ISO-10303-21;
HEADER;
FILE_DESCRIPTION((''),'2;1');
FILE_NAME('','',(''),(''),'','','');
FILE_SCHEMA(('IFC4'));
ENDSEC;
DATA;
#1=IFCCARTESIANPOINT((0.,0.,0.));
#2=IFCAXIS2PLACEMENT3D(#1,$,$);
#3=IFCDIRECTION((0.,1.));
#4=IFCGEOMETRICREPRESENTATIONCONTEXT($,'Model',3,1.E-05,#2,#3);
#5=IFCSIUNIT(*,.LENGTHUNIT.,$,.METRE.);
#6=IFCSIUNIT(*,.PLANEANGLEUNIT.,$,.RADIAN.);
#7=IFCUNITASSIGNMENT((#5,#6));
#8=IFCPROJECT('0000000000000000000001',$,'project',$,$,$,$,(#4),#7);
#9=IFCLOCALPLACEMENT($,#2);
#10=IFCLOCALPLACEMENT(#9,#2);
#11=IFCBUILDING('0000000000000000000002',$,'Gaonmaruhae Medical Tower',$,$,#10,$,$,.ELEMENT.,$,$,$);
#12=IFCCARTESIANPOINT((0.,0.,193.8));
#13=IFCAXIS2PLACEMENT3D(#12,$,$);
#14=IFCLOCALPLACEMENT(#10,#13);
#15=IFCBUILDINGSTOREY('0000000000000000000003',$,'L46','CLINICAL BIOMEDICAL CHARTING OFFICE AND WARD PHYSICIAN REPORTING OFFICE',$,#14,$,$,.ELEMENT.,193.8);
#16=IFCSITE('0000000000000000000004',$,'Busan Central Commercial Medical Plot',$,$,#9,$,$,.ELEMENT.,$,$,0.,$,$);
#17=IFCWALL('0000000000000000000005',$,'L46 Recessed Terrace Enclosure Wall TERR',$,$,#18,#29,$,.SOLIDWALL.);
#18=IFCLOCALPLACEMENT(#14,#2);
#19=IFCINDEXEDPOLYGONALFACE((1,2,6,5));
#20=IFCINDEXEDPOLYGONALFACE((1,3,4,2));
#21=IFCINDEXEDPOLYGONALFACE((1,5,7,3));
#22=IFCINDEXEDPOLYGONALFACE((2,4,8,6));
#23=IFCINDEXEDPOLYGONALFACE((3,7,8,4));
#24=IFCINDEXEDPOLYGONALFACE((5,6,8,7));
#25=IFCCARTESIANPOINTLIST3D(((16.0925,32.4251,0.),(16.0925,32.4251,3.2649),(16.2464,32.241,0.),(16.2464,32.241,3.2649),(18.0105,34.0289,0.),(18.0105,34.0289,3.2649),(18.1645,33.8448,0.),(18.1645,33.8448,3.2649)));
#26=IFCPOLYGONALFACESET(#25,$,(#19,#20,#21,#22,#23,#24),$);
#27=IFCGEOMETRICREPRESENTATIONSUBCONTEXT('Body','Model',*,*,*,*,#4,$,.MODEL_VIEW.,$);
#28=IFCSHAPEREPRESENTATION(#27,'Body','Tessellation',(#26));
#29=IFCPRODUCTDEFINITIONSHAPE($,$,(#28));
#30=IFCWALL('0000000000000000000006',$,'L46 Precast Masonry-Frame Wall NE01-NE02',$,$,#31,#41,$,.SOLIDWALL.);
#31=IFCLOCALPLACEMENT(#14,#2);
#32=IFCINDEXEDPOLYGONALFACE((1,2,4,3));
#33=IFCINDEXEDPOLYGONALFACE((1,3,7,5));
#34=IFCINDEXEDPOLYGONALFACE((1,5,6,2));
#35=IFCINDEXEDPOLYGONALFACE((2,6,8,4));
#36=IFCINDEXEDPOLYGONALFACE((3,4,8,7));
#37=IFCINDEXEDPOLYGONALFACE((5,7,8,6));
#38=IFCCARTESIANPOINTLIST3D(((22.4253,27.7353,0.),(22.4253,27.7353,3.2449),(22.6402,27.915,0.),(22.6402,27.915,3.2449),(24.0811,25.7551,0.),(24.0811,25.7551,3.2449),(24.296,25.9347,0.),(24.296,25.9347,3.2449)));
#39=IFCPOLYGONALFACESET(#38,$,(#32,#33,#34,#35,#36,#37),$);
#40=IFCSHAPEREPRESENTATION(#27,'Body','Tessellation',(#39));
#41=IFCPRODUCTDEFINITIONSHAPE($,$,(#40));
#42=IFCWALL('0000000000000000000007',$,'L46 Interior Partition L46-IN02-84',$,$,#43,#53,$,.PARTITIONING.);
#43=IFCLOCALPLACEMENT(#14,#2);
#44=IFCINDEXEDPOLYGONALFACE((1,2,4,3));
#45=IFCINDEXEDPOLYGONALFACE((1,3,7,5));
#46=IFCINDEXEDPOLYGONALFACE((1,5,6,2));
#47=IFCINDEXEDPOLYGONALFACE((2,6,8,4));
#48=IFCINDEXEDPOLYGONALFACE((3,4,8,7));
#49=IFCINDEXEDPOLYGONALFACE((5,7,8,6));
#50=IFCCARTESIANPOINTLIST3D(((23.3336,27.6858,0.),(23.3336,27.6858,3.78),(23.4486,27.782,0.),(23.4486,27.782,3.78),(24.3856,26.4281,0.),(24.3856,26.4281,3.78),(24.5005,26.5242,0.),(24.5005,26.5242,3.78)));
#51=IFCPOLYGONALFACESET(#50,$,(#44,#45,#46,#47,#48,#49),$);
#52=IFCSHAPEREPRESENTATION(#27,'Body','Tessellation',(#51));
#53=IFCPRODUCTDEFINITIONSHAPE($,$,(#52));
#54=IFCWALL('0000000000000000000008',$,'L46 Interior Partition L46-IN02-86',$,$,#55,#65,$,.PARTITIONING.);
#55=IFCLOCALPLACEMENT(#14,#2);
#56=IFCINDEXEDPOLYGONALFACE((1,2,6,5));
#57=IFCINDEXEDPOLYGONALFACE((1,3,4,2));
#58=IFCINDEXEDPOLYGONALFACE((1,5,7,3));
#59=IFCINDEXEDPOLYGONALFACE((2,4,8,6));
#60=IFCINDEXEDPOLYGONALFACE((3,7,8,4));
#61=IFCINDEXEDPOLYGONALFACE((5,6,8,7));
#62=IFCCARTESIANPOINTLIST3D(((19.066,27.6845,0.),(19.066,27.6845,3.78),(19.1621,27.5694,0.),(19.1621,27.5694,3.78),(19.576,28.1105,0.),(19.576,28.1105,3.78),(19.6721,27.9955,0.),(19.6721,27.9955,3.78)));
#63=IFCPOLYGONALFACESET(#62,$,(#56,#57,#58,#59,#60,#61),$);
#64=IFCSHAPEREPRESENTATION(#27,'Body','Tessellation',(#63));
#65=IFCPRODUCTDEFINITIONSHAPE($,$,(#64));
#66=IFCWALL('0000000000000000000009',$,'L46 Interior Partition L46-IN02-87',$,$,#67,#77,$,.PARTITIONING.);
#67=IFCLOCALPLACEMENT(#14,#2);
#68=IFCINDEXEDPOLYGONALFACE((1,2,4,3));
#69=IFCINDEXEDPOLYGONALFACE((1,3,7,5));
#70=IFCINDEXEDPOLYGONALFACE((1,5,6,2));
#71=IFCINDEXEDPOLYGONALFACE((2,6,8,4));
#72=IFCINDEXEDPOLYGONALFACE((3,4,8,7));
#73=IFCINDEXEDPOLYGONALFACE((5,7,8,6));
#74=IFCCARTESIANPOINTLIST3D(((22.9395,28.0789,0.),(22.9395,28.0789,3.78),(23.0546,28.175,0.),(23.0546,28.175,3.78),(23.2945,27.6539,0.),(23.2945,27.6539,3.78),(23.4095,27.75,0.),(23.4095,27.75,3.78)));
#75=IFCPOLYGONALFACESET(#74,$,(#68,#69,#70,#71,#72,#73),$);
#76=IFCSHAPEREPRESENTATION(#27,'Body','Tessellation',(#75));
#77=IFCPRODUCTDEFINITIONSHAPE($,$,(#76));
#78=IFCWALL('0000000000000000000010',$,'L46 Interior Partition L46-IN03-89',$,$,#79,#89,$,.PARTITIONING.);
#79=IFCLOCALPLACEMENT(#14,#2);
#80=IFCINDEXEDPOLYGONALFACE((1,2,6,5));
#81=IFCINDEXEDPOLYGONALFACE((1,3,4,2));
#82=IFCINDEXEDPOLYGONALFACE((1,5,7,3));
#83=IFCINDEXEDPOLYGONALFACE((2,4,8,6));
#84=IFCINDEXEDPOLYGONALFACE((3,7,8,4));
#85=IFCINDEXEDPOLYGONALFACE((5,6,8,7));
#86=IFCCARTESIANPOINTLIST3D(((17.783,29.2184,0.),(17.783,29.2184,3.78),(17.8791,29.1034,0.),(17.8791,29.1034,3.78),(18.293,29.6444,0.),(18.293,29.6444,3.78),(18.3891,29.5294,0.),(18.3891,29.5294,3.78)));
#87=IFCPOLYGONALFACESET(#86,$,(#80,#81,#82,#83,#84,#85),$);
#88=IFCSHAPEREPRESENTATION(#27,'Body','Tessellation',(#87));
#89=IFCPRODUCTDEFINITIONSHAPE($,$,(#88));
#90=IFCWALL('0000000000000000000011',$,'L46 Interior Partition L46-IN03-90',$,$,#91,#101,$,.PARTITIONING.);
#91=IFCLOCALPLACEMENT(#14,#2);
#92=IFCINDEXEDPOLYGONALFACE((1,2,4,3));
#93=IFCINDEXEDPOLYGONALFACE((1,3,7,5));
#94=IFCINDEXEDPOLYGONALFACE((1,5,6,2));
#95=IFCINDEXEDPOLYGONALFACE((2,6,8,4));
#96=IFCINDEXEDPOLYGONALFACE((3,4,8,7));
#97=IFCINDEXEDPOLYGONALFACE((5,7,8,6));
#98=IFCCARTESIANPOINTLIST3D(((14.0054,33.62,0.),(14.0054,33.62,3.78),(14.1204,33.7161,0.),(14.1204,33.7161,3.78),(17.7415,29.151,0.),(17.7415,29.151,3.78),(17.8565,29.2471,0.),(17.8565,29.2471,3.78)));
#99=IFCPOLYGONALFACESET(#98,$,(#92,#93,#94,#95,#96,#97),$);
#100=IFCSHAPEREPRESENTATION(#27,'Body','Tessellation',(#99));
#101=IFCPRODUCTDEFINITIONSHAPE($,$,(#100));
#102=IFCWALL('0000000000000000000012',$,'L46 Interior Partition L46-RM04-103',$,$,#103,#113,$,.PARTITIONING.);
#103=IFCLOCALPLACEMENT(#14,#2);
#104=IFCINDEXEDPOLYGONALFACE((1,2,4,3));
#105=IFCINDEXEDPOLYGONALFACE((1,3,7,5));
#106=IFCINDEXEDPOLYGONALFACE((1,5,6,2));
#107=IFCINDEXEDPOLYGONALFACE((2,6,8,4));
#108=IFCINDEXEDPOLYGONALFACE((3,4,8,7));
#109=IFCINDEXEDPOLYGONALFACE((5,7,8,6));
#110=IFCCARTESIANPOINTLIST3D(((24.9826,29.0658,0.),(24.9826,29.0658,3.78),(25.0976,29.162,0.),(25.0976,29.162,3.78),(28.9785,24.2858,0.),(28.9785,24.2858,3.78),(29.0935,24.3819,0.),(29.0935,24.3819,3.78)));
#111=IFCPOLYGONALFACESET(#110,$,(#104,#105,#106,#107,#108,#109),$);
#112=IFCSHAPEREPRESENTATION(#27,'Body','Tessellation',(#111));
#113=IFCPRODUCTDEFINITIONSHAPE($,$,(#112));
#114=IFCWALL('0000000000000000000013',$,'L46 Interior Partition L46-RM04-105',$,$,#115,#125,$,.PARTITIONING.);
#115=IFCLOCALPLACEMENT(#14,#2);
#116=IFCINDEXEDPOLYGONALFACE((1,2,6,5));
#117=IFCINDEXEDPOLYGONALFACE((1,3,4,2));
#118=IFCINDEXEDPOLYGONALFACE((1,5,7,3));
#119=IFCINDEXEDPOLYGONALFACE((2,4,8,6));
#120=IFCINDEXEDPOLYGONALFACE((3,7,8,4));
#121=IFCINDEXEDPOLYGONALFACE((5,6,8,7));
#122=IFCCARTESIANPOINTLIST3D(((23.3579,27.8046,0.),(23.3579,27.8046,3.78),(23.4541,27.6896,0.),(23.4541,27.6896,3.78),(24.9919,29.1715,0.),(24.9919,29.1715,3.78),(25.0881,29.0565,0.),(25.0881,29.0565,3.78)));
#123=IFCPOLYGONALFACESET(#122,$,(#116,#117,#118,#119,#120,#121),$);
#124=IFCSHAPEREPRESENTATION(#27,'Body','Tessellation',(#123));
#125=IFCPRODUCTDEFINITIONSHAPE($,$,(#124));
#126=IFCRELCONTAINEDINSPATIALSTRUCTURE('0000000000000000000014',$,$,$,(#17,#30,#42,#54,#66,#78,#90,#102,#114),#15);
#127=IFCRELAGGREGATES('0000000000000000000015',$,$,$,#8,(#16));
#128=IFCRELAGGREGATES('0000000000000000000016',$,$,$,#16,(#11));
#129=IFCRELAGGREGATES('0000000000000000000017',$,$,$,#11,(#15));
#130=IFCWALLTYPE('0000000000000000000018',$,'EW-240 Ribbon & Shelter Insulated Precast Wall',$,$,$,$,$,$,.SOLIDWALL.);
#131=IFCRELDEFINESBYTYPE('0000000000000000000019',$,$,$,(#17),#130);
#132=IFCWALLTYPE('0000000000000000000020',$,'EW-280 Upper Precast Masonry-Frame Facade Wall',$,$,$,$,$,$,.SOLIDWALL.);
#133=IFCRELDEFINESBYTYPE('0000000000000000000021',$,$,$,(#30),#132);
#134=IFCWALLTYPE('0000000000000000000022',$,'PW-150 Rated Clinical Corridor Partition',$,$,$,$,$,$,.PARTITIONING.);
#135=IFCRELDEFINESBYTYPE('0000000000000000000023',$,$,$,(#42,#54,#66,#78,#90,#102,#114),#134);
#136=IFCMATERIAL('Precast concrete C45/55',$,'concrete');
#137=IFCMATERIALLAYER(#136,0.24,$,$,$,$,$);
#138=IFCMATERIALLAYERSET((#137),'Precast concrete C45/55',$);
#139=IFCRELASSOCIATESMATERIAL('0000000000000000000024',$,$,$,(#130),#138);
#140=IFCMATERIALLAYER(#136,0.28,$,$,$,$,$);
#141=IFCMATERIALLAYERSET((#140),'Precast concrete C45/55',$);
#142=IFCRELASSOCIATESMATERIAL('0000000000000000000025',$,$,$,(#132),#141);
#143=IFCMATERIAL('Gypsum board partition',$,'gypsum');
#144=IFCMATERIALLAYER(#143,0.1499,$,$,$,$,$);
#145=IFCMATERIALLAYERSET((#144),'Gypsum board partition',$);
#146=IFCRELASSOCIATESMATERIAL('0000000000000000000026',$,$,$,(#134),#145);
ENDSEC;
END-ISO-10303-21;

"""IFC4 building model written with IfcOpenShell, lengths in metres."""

from ifc_helpers import new_model, si_unit, direction, frame, frame_2d, origin, place, context, subcontext, project, spatial, rectangle, extrude, material, layer, layer_set, type_object, element, save


model = new_model("IFC4")

# Units and contexts
model_context = context("Model", 3, precision=1e-05, world=origin(), true_north=direction((0.0, 1.0)))
body_context = subcontext(model_context, "Body", "Model", "MODEL_VIEW")
ifc_project = project(units=[si_unit("LENGTHUNIT", "METRE"), si_unit("PLANEANGLEUNIT", "RADIAN")], contexts=[model_context])

# Site, building, storey
site_placement = place(None, origin())
site = spatial("IfcSite", under=ifc_project, at=site_placement, Name="Busan Central Commercial Medical Plot", CompositionType="ELEMENT", RefElevation=0.0)
building_placement = place(site_placement, origin())
building = spatial("IfcBuilding", under=site, at=building_placement, Name="Gaonmaruhae Medical Tower", CompositionType="ELEMENT")
storey_placement = place(building_placement, frame((0.0, 0.0, 193.8)))
storey = spatial("IfcBuildingStorey", under=building, at=storey_placement, Name="L46", Description="CLINICAL BIOMEDICAL CHARTING OFFICE AND WARD PHYSICIAN REPORTING OFFICE", CompositionType="ELEMENT", Elevation=193.8)

# Shared definitions
ifc_material_1 = material(Name="Precast concrete C45/55", Category="concrete")
ifc_layer_1 = layer(ifc_material_1, 0.24)
ifc_layer_set_1 = layer_set([ifc_layer_1], Name="Precast concrete C45/55")
wall_type_1 = type_object("IfcWallType", Name="EW-240 Ribbon & Shelter Insulated Precast Wall", PredefinedType="SOLIDWALL", material=ifc_layer_set_1)

# Walls
wall_1_placement = place(storey_placement, frame((18.0874, 33.9368, 0.0), z_axis=(0.0, 0.0, 1.0), x_axis=(-0.767148, -0.641471, 0.0)))
element("IfcWall", 1, at=wall_1_placement, inside=storey, type_object=wall_type_1, Name="L46 Recessed Terrace Enclosure Wall TERR", PredefinedType="SOLIDWALL", context=body_context, shape_type="SweptSolid", body=[
    extrude(rectangle(XDim=2.5002, YDim=0.24, at=frame_2d((1.25, 0.0))), origin(), (0.0, 0.0, 1.0), 3.2649),
])
ifc_layer_2 = layer(ifc_material_1, 0.28)
ifc_layer_set_2 = layer_set([ifc_layer_2], Name="Precast concrete C45/55")
wall_type_2 = type_object("IfcWallType", Name="EW-280 Upper Precast Masonry-Frame Facade Wall", PredefinedType="SOLIDWALL", material=ifc_layer_set_2)
wall_2_placement = place(storey_placement, frame((24.1885, 25.845, 0.0), z_axis=(0.0, 0.0, 1.0), x_axis=(-0.641458, 0.767158, 0.0)))
element("IfcWall", 2, at=wall_2_placement, inside=storey, type_object=wall_type_2, Name="L46 Precast Masonry-Frame Wall NE01-NE02", PredefinedType="SOLIDWALL", context=body_context, shape_type="SweptSolid", body=[
    extrude(rectangle(XDim=2.5813, YDim=0.28, at=frame_2d((1.2905, 0.0))), origin(), (0.0, 0.0, 1.0), 3.2449),
])
ifc_material_2 = material(Name="Gypsum board partition", Category="gypsum")
ifc_layer_3 = layer(ifc_material_2, 0.1499)
ifc_layer_set_3 = layer_set([ifc_layer_3], Name="Gypsum board partition")
wall_type_3 = type_object("IfcWallType", Name="PW-150 Rated Clinical Corridor Partition", PredefinedType="PARTITIONING", material=ifc_layer_set_3)
wall_3_placement = place(storey_placement, frame((23.3911, 27.7339, 0.0), z_axis=(0.0, 0.0, 1.0), x_axis=(0.64156, -0.767073, 0.0)))
element("IfcWall", 3, at=wall_3_placement, inside=storey, type_object=wall_type_3, Name="L46 Interior Partition L46-IN02-84", PredefinedType="PARTITIONING", context=body_context, shape_type="SweptSolid", body=[
    extrude(rectangle(XDim=1.6396, YDim=0.1499, at=frame_2d((0.8198, 0.0))), origin(), (0.0, 0.0, 1.0), 3.78),
])
wall_4_placement = place(storey_placement, frame((19.114, 27.627, 0.0), z_axis=(0.0, 0.0, 1.0), x_axis=(0.767468, 0.641087, 0.0)))
element("IfcWall", 4, at=wall_4_placement, inside=storey, type_object=wall_type_3, Name="L46 Interior Partition L46-IN02-86", PredefinedType="PARTITIONING", context=body_context, shape_type="SweptSolid", body=[
    extrude(rectangle(XDim=0.6646, YDim=0.1499, at=frame_2d((0.3323, 0.0))), origin(), (0.0, 0.0, 1.0), 3.78),
])
wall_5_placement = place(storey_placement, frame((22.9971, 28.127, 0.0), z_axis=(0.0, 0.0, 1.0), x_axis=(0.641008, -0.767534, 0.0)))
element("IfcWall", 5, at=wall_5_placement, inside=storey, type_object=wall_type_3, Name="L46 Interior Partition L46-IN02-87", PredefinedType="PARTITIONING", context=body_context, shape_type="SweptSolid", body=[
    extrude(rectangle(XDim=0.5537, YDim=0.1499, at=frame_2d((0.2769, 0.0))), origin(), (0.0, 0.0, 1.0), 3.78),
])
wall_6_placement = place(storey_placement, frame((18.3411, 29.5869, 0.0), z_axis=(0.0, 0.0, 1.0), x_axis=(-0.767468, -0.641087, 0.0)))
element("IfcWall", 6, at=wall_6_placement, inside=storey, type_object=wall_type_3, Name="L46 Interior Partition L46-IN03-89", PredefinedType="PARTITIONING", context=body_context, shape_type="SweptSolid", body=[
    extrude(rectangle(XDim=0.6646, YDim=0.1499, at=frame_2d((0.3323, 0.0))), origin(), (0.0, 0.0, 1.0), 3.78),
])
wall_7_placement = place(storey_placement, frame((17.7991, 29.199, 0.0), z_axis=(0.0, 0.0, 1.0), x_axis=(-0.641392, 0.767214, 0.0)))
element("IfcWall", 7, at=wall_7_placement, inside=storey, type_object=wall_type_3, Name="L46 Interior Partition L46-IN03-90", PredefinedType="PARTITIONING", context=body_context, shape_type="SweptSolid", body=[
    extrude(rectangle(XDim=5.825, YDim=0.1499, at=frame_2d((2.9126, 0.0))), origin(), (0.0, 0.0, 1.0), 3.78),
])
wall_8_placement = place(storey_placement, frame((25.04, 29.114, 0.0), z_axis=(0.0, 0.0, 1.0), x_axis=(0.641367, -0.767234, 0.0)))
element("IfcWall", 8, at=wall_8_placement, inside=storey, type_object=wall_type_3, Name="L46 Interior Partition L46-RM04-103", PredefinedType="PARTITIONING", context=body_context, shape_type="SweptSolid", body=[
    extrude(rectangle(XDim=6.2302, YDim=0.1499, at=frame_2d((3.1152, 0.0))), origin(), (0.0, 0.0, 1.0), 3.78),
])
wall_9_placement = place(storey_placement, frame((23.406, 27.7471, 0.0), z_axis=(0.0, 0.0, 1.0), x_axis=(0.767008, 0.641637, 0.0)))
element("IfcWall", 9, at=wall_9_placement, inside=storey, type_object=wall_type_3, Name="L46 Interior Partition L46-RM04-105", PredefinedType="PARTITIONING", context=body_context, shape_type="SweptSolid", body=[
    extrude(rectangle(XDim=2.1304, YDim=0.1499, at=frame_2d((1.0652, 0.0))), origin(), (0.0, 0.0, 1.0), 3.78),
])

save(model, "model.ifc")
